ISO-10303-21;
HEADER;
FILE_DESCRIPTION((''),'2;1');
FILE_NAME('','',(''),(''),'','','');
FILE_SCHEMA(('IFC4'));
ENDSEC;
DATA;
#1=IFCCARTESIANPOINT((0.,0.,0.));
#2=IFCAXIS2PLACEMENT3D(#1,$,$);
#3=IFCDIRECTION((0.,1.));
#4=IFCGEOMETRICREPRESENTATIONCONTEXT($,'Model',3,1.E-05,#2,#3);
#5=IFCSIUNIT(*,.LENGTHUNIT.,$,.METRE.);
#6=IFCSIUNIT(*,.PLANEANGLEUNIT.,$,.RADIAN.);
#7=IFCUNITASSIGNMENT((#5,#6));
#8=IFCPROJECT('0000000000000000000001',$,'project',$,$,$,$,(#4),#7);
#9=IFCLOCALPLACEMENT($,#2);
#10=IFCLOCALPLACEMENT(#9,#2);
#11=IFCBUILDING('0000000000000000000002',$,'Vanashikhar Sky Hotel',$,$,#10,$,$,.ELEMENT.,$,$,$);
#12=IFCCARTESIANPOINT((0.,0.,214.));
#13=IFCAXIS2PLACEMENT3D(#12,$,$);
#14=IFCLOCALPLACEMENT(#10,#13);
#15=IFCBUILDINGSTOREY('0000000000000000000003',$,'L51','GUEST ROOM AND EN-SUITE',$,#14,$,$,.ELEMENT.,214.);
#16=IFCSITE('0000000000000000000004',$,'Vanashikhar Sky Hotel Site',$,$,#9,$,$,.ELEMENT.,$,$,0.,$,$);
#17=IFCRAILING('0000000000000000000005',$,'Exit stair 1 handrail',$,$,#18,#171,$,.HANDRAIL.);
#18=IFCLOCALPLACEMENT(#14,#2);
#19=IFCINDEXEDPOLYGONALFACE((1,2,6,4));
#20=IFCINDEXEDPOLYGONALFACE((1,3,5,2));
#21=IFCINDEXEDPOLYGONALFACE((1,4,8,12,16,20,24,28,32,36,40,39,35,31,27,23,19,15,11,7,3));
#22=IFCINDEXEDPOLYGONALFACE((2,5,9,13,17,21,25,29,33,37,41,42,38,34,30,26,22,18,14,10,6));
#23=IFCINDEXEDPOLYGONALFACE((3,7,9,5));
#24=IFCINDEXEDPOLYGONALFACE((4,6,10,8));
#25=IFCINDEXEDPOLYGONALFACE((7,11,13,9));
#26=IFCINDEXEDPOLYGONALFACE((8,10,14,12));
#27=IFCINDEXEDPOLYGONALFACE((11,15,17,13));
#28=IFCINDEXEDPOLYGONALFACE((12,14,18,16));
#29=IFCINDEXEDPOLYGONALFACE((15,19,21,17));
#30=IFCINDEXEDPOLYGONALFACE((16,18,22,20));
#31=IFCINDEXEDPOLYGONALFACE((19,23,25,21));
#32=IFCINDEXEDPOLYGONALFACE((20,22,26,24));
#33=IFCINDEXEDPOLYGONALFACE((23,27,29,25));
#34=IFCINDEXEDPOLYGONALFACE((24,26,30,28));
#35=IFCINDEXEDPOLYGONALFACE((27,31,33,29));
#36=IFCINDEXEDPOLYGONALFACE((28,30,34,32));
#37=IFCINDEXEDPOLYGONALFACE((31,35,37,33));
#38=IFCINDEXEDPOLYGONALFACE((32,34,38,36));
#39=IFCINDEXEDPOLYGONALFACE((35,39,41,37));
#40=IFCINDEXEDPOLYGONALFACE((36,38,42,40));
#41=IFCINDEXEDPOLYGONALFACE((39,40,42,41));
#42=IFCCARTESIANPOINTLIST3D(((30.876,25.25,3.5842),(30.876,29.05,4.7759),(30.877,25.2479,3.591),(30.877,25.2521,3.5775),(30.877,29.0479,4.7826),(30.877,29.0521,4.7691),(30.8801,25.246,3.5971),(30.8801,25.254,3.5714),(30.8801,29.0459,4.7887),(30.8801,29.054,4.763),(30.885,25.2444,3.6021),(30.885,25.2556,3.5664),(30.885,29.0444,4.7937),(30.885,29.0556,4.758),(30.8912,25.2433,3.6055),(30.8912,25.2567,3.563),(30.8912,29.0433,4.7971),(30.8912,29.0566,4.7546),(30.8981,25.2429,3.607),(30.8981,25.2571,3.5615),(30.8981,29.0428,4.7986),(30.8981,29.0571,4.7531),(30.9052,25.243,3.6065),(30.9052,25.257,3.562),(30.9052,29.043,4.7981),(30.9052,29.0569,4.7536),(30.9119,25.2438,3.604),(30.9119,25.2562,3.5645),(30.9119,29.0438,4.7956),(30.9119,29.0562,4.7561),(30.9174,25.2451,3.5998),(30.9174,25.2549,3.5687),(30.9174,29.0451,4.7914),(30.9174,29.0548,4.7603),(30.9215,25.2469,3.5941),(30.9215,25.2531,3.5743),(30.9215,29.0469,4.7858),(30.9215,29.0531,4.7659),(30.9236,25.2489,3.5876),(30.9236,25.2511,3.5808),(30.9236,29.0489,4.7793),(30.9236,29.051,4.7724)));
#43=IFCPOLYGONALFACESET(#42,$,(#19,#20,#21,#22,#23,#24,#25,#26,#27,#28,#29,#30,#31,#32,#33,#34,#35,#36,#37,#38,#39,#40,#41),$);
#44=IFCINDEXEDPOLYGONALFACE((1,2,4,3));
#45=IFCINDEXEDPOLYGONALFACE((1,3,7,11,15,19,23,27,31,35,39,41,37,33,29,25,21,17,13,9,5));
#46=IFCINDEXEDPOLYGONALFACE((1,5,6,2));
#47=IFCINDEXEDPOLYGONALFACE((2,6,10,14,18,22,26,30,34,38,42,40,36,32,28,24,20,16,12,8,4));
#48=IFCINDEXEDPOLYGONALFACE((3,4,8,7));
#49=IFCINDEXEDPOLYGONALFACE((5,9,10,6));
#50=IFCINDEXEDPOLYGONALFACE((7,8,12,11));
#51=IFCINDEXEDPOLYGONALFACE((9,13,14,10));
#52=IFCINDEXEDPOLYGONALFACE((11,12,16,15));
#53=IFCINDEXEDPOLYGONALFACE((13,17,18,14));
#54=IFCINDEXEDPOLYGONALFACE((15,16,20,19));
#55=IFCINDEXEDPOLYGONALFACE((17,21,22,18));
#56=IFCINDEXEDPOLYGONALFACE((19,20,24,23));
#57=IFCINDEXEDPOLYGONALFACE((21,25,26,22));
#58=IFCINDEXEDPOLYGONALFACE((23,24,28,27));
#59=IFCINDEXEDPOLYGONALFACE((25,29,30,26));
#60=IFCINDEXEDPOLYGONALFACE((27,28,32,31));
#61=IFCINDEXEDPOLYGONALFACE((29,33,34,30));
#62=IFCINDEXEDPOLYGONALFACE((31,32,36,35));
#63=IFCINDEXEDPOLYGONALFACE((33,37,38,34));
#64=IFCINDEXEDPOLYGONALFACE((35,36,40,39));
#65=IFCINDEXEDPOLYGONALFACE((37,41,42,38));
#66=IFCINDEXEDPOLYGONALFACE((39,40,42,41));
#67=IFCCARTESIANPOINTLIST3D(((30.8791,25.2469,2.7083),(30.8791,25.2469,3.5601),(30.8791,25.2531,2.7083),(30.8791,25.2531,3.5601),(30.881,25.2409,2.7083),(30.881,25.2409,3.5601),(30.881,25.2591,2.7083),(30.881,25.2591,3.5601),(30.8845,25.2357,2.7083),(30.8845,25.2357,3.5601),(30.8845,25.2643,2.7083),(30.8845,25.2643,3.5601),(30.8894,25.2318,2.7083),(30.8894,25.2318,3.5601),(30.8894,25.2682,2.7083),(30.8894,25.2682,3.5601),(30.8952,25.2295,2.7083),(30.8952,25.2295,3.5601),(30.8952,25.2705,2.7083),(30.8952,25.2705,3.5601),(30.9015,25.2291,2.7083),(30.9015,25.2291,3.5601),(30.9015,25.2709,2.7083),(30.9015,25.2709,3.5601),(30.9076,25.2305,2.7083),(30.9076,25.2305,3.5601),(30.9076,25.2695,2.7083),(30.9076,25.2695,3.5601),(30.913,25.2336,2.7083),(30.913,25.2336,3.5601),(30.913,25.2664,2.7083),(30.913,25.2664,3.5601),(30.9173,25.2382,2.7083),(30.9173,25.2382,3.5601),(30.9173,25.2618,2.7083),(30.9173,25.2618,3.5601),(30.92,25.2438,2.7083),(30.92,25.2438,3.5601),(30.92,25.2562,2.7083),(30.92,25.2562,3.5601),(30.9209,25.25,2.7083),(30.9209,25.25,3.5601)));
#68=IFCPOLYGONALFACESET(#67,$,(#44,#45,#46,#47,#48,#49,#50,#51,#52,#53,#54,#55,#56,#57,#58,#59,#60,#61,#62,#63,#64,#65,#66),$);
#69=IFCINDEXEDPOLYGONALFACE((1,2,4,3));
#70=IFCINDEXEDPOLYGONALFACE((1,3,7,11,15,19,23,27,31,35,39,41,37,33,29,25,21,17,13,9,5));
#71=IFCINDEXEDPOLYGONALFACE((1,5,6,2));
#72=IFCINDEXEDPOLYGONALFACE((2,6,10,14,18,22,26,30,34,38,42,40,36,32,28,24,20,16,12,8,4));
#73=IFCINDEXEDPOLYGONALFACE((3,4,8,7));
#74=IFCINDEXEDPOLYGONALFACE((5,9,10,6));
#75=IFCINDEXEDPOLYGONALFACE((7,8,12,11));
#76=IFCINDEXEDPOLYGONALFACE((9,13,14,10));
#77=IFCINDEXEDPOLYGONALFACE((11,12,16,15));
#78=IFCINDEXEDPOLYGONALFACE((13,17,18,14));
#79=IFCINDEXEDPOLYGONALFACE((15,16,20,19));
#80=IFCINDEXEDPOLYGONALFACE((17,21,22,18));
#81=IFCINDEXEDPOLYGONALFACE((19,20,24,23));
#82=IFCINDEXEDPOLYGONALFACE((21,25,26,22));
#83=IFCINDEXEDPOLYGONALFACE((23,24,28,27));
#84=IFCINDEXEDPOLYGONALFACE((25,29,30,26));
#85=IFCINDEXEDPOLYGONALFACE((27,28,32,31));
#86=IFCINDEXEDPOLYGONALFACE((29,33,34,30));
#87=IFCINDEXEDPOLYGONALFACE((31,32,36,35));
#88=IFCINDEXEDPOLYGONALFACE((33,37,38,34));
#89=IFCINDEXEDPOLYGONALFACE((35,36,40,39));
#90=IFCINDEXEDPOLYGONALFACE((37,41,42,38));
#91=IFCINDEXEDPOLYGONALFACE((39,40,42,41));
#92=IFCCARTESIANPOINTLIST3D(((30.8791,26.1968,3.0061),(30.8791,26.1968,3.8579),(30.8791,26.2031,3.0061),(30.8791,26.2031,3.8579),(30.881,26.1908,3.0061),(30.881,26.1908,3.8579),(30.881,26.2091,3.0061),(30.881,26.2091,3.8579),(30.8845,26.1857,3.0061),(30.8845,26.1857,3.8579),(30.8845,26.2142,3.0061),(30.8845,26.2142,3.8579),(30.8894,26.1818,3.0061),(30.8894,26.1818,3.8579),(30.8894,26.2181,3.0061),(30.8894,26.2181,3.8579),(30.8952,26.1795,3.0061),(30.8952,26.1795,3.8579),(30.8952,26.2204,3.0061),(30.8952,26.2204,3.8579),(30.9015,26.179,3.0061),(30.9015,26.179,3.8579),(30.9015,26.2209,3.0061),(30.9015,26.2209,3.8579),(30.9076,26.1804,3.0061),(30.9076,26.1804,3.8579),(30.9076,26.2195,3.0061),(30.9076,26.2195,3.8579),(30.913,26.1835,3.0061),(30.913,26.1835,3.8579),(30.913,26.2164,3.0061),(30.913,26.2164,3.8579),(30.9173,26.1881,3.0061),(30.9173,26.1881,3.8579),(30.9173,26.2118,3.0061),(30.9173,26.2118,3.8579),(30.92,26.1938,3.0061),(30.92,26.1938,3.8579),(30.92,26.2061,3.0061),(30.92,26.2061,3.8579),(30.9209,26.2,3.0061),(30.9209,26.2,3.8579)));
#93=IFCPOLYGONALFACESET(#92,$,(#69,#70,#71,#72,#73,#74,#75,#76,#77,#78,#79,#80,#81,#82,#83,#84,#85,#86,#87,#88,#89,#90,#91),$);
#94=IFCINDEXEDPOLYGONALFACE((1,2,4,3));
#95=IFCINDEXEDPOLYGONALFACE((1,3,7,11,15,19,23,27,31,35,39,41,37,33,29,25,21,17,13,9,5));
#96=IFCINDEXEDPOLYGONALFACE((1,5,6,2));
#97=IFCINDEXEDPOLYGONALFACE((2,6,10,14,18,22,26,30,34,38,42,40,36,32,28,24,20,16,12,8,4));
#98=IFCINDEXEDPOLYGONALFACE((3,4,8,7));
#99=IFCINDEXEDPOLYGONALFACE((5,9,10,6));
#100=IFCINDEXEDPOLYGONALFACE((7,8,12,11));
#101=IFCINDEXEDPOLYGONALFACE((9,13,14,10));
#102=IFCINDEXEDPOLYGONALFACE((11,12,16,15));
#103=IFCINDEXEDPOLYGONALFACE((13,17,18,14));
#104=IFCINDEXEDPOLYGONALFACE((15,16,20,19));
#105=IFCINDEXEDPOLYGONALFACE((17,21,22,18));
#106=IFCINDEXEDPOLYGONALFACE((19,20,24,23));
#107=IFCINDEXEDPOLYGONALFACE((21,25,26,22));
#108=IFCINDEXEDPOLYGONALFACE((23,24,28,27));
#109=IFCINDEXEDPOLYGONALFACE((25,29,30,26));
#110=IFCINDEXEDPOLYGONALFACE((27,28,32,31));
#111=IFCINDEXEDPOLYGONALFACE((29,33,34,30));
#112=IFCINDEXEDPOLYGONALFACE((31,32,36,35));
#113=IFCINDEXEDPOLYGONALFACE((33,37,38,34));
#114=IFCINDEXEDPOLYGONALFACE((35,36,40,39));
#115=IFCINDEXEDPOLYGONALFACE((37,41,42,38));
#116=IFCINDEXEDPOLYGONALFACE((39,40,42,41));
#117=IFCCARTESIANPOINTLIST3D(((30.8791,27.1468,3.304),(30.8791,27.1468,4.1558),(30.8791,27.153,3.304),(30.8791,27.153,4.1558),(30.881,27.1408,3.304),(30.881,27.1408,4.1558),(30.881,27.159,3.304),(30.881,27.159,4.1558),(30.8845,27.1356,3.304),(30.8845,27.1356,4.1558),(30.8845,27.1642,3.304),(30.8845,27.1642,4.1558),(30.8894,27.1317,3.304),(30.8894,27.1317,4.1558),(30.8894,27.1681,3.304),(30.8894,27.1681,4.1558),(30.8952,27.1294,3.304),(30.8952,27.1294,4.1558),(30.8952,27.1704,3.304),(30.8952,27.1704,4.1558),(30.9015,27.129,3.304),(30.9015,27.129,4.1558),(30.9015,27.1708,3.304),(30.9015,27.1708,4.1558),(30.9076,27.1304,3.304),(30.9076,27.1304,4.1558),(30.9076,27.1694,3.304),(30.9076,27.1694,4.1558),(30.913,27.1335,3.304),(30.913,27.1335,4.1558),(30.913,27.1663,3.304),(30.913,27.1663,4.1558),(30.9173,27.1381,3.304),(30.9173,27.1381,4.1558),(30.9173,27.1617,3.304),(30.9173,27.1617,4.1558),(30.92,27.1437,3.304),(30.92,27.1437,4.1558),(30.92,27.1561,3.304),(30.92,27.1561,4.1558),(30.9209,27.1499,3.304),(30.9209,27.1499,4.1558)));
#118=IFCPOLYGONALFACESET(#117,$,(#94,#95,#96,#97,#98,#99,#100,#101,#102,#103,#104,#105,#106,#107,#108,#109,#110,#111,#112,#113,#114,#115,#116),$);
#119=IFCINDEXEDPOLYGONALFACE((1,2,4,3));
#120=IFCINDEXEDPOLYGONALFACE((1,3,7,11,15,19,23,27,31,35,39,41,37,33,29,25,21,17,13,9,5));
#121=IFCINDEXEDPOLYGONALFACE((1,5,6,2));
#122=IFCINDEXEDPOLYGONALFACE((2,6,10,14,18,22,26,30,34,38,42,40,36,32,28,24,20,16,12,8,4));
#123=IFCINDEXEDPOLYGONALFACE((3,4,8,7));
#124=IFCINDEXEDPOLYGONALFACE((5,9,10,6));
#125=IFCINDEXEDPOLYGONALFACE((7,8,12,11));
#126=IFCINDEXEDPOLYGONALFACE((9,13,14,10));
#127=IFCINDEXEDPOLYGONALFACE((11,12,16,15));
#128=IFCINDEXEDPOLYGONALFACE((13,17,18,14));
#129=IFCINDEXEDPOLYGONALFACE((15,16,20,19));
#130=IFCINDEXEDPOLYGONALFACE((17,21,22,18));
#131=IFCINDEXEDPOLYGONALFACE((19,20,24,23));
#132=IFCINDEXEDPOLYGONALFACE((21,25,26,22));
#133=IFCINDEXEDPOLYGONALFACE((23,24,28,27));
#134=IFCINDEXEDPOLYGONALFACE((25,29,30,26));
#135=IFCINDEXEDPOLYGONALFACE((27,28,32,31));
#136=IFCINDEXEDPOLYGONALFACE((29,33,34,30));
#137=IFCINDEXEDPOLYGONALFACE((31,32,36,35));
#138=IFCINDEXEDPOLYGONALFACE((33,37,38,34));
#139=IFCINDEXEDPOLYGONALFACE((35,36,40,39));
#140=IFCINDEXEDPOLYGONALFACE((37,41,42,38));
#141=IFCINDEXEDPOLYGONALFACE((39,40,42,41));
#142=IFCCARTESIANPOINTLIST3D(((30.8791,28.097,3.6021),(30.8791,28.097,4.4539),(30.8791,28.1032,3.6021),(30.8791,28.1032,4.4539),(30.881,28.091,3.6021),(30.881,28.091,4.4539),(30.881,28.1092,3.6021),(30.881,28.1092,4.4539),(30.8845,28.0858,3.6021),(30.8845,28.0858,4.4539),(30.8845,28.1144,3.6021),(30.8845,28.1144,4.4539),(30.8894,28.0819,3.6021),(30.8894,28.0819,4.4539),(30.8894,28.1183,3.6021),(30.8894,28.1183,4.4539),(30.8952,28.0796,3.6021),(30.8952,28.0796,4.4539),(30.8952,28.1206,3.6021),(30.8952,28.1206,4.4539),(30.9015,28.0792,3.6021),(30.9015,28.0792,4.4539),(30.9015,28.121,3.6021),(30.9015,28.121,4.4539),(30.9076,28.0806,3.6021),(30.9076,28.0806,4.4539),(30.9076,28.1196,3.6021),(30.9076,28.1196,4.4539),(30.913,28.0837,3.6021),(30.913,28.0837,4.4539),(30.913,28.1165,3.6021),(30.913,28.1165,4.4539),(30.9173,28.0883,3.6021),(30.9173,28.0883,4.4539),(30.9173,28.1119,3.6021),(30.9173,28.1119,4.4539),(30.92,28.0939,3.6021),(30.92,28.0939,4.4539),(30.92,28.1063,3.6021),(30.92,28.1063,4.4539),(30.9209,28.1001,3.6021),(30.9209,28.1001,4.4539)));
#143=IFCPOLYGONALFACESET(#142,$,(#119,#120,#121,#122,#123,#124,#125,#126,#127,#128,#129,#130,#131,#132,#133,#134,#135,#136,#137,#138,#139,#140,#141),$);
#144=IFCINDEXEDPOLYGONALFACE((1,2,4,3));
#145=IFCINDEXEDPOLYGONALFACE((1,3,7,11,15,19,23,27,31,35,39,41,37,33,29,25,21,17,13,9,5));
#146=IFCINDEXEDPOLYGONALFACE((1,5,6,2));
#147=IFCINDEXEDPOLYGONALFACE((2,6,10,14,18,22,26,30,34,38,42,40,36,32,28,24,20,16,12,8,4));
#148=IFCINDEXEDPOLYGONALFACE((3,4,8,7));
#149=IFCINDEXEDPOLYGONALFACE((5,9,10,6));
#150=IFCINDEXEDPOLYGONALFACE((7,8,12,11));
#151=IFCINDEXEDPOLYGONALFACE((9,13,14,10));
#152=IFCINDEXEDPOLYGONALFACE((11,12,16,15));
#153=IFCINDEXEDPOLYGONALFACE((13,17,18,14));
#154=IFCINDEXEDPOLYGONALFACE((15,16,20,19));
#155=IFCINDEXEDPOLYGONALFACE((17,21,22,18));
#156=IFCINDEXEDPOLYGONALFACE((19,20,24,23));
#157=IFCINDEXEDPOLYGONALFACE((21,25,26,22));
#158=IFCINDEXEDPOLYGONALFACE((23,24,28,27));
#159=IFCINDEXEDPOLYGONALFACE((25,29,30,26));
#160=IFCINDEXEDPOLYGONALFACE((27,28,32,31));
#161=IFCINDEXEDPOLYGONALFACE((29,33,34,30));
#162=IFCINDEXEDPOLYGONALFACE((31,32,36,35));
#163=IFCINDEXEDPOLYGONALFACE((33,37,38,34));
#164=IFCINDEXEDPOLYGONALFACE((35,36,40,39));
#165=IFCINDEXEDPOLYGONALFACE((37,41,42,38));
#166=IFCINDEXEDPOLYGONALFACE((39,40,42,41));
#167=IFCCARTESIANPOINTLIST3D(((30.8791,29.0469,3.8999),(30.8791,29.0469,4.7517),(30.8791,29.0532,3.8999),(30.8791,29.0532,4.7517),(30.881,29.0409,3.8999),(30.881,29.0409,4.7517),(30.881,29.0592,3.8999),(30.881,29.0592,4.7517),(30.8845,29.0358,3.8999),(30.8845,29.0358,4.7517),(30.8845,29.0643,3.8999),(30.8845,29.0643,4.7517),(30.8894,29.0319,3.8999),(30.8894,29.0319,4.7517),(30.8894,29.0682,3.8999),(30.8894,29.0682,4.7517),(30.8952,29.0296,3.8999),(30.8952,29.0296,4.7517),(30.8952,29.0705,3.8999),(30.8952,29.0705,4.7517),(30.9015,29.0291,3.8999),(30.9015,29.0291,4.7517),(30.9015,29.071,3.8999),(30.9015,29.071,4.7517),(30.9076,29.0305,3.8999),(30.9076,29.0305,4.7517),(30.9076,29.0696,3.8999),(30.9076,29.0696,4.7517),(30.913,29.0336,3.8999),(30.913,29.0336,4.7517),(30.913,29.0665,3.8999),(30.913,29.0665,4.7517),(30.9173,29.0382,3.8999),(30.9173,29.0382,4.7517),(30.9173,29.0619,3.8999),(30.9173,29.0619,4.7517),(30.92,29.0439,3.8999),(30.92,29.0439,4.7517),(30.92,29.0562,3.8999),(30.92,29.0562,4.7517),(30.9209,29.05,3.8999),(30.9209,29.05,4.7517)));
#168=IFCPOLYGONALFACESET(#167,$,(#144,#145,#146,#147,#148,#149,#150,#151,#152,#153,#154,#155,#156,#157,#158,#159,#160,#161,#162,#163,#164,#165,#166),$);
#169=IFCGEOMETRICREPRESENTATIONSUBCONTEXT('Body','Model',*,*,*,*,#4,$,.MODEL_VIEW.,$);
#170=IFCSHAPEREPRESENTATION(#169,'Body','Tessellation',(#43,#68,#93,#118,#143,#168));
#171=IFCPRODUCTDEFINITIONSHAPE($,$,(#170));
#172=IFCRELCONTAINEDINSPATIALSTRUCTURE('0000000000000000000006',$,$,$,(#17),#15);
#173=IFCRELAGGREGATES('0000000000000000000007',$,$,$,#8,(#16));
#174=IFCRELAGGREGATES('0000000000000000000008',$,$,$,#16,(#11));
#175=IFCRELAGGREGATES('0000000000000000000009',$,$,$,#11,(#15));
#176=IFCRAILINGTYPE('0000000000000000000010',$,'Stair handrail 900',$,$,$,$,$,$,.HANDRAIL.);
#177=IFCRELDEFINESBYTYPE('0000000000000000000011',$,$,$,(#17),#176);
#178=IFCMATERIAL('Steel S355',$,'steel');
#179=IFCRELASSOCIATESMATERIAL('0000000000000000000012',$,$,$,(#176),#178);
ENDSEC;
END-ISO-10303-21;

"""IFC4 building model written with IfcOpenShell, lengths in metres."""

from ifc_helpers import new_model, si_unit, direction, frame, origin, origin_2d, place, context, subcontext, project, spatial, circle, extrude, source, transform, mapped, material, type_object, element, save


model = new_model("IFC4")

# Units and contexts
model_context = context("Model", 3, precision=1e-05, world=origin(), true_north=direction((0.0, 1.0)))
body_context = subcontext(model_context, "Body", "Model", "MODEL_VIEW")
ifc_project = project(units=[si_unit("LENGTHUNIT", "METRE"), si_unit("PLANEANGLEUNIT", "RADIAN")], contexts=[model_context])

# Site, building, storey
site_placement = place(None, origin())
site = spatial("IfcSite", under=ifc_project, at=site_placement, Name="Vanashikhar Sky Hotel Site", CompositionType="ELEMENT", RefElevation=0.0)
building_placement = place(site_placement, origin())
building = spatial("IfcBuilding", under=site, at=building_placement, Name="Vanashikhar Sky Hotel", CompositionType="ELEMENT")
storey_placement = place(building_placement, frame((0.0, 0.0, 214.0)))
storey = spatial("IfcBuildingStorey", under=building, at=storey_placement, Name="L51", Description="GUEST ROOM AND EN-SUITE", CompositionType="ELEMENT", Elevation=214.0)

# Railing
ifc_material_1 = material(Name="Steel S355", Category="steel")
railing_type_1 = type_object("IfcRailingType", Name="Stair handrail 900", PredefinedType="HANDRAIL", material=ifc_material_1)
shared_shape_1 = source(origin(), body_context, "Body", "SweptSolid", [
    extrude(circle(Radius=0.0239, at=origin_2d()), frame((0.0, 0.0, 0.876), z_axis=(0.0, 0.954184, 0.299221), x_axis=(-1.0, 0.0, 0.0)), (0.0, 0.0, 1.0), 3.9824),
    extrude(circle(Radius=0.021, at=origin_2d()), origin(), (0.0, 0.0, 1.0), 0.8518),
    extrude(circle(Radius=0.021, at=origin_2d()), frame((0.0, 0.95, 0.2979)), (0.0, 0.0, 1.0), 0.8518),
    extrude(circle(Radius=0.021, at=origin_2d()), frame((0.0, 1.8999, 0.5957)), (0.0, 0.0, 1.0), 0.8518),
    extrude(circle(Radius=0.021, at=origin_2d()), frame((0.0, 2.8501, 0.8938)), (0.0, 0.0, 1.0), 0.8518),
    extrude(circle(Radius=0.021, at=origin_2d()), frame((0.0, 3.8, 1.1917)), (0.0, 0.0, 1.0), 0.8518),
])
for number, where, name in (
    (1, (30.8999, 25.25, 2.7083), "Exit stair 1 handrail"),
):
    element("IfcRailing", number, at=place(storey_placement, frame(where)), inside=storey, type_object=railing_type_1, Name=name, PredefinedType="HANDRAIL", context=body_context, shape_type="MappedRepresentation", body=[
        mapped(shared_shape_1, transform((0.0, 0.0, 0.0), scale=1.0)),
    ])

save(model, "model.ifc")
